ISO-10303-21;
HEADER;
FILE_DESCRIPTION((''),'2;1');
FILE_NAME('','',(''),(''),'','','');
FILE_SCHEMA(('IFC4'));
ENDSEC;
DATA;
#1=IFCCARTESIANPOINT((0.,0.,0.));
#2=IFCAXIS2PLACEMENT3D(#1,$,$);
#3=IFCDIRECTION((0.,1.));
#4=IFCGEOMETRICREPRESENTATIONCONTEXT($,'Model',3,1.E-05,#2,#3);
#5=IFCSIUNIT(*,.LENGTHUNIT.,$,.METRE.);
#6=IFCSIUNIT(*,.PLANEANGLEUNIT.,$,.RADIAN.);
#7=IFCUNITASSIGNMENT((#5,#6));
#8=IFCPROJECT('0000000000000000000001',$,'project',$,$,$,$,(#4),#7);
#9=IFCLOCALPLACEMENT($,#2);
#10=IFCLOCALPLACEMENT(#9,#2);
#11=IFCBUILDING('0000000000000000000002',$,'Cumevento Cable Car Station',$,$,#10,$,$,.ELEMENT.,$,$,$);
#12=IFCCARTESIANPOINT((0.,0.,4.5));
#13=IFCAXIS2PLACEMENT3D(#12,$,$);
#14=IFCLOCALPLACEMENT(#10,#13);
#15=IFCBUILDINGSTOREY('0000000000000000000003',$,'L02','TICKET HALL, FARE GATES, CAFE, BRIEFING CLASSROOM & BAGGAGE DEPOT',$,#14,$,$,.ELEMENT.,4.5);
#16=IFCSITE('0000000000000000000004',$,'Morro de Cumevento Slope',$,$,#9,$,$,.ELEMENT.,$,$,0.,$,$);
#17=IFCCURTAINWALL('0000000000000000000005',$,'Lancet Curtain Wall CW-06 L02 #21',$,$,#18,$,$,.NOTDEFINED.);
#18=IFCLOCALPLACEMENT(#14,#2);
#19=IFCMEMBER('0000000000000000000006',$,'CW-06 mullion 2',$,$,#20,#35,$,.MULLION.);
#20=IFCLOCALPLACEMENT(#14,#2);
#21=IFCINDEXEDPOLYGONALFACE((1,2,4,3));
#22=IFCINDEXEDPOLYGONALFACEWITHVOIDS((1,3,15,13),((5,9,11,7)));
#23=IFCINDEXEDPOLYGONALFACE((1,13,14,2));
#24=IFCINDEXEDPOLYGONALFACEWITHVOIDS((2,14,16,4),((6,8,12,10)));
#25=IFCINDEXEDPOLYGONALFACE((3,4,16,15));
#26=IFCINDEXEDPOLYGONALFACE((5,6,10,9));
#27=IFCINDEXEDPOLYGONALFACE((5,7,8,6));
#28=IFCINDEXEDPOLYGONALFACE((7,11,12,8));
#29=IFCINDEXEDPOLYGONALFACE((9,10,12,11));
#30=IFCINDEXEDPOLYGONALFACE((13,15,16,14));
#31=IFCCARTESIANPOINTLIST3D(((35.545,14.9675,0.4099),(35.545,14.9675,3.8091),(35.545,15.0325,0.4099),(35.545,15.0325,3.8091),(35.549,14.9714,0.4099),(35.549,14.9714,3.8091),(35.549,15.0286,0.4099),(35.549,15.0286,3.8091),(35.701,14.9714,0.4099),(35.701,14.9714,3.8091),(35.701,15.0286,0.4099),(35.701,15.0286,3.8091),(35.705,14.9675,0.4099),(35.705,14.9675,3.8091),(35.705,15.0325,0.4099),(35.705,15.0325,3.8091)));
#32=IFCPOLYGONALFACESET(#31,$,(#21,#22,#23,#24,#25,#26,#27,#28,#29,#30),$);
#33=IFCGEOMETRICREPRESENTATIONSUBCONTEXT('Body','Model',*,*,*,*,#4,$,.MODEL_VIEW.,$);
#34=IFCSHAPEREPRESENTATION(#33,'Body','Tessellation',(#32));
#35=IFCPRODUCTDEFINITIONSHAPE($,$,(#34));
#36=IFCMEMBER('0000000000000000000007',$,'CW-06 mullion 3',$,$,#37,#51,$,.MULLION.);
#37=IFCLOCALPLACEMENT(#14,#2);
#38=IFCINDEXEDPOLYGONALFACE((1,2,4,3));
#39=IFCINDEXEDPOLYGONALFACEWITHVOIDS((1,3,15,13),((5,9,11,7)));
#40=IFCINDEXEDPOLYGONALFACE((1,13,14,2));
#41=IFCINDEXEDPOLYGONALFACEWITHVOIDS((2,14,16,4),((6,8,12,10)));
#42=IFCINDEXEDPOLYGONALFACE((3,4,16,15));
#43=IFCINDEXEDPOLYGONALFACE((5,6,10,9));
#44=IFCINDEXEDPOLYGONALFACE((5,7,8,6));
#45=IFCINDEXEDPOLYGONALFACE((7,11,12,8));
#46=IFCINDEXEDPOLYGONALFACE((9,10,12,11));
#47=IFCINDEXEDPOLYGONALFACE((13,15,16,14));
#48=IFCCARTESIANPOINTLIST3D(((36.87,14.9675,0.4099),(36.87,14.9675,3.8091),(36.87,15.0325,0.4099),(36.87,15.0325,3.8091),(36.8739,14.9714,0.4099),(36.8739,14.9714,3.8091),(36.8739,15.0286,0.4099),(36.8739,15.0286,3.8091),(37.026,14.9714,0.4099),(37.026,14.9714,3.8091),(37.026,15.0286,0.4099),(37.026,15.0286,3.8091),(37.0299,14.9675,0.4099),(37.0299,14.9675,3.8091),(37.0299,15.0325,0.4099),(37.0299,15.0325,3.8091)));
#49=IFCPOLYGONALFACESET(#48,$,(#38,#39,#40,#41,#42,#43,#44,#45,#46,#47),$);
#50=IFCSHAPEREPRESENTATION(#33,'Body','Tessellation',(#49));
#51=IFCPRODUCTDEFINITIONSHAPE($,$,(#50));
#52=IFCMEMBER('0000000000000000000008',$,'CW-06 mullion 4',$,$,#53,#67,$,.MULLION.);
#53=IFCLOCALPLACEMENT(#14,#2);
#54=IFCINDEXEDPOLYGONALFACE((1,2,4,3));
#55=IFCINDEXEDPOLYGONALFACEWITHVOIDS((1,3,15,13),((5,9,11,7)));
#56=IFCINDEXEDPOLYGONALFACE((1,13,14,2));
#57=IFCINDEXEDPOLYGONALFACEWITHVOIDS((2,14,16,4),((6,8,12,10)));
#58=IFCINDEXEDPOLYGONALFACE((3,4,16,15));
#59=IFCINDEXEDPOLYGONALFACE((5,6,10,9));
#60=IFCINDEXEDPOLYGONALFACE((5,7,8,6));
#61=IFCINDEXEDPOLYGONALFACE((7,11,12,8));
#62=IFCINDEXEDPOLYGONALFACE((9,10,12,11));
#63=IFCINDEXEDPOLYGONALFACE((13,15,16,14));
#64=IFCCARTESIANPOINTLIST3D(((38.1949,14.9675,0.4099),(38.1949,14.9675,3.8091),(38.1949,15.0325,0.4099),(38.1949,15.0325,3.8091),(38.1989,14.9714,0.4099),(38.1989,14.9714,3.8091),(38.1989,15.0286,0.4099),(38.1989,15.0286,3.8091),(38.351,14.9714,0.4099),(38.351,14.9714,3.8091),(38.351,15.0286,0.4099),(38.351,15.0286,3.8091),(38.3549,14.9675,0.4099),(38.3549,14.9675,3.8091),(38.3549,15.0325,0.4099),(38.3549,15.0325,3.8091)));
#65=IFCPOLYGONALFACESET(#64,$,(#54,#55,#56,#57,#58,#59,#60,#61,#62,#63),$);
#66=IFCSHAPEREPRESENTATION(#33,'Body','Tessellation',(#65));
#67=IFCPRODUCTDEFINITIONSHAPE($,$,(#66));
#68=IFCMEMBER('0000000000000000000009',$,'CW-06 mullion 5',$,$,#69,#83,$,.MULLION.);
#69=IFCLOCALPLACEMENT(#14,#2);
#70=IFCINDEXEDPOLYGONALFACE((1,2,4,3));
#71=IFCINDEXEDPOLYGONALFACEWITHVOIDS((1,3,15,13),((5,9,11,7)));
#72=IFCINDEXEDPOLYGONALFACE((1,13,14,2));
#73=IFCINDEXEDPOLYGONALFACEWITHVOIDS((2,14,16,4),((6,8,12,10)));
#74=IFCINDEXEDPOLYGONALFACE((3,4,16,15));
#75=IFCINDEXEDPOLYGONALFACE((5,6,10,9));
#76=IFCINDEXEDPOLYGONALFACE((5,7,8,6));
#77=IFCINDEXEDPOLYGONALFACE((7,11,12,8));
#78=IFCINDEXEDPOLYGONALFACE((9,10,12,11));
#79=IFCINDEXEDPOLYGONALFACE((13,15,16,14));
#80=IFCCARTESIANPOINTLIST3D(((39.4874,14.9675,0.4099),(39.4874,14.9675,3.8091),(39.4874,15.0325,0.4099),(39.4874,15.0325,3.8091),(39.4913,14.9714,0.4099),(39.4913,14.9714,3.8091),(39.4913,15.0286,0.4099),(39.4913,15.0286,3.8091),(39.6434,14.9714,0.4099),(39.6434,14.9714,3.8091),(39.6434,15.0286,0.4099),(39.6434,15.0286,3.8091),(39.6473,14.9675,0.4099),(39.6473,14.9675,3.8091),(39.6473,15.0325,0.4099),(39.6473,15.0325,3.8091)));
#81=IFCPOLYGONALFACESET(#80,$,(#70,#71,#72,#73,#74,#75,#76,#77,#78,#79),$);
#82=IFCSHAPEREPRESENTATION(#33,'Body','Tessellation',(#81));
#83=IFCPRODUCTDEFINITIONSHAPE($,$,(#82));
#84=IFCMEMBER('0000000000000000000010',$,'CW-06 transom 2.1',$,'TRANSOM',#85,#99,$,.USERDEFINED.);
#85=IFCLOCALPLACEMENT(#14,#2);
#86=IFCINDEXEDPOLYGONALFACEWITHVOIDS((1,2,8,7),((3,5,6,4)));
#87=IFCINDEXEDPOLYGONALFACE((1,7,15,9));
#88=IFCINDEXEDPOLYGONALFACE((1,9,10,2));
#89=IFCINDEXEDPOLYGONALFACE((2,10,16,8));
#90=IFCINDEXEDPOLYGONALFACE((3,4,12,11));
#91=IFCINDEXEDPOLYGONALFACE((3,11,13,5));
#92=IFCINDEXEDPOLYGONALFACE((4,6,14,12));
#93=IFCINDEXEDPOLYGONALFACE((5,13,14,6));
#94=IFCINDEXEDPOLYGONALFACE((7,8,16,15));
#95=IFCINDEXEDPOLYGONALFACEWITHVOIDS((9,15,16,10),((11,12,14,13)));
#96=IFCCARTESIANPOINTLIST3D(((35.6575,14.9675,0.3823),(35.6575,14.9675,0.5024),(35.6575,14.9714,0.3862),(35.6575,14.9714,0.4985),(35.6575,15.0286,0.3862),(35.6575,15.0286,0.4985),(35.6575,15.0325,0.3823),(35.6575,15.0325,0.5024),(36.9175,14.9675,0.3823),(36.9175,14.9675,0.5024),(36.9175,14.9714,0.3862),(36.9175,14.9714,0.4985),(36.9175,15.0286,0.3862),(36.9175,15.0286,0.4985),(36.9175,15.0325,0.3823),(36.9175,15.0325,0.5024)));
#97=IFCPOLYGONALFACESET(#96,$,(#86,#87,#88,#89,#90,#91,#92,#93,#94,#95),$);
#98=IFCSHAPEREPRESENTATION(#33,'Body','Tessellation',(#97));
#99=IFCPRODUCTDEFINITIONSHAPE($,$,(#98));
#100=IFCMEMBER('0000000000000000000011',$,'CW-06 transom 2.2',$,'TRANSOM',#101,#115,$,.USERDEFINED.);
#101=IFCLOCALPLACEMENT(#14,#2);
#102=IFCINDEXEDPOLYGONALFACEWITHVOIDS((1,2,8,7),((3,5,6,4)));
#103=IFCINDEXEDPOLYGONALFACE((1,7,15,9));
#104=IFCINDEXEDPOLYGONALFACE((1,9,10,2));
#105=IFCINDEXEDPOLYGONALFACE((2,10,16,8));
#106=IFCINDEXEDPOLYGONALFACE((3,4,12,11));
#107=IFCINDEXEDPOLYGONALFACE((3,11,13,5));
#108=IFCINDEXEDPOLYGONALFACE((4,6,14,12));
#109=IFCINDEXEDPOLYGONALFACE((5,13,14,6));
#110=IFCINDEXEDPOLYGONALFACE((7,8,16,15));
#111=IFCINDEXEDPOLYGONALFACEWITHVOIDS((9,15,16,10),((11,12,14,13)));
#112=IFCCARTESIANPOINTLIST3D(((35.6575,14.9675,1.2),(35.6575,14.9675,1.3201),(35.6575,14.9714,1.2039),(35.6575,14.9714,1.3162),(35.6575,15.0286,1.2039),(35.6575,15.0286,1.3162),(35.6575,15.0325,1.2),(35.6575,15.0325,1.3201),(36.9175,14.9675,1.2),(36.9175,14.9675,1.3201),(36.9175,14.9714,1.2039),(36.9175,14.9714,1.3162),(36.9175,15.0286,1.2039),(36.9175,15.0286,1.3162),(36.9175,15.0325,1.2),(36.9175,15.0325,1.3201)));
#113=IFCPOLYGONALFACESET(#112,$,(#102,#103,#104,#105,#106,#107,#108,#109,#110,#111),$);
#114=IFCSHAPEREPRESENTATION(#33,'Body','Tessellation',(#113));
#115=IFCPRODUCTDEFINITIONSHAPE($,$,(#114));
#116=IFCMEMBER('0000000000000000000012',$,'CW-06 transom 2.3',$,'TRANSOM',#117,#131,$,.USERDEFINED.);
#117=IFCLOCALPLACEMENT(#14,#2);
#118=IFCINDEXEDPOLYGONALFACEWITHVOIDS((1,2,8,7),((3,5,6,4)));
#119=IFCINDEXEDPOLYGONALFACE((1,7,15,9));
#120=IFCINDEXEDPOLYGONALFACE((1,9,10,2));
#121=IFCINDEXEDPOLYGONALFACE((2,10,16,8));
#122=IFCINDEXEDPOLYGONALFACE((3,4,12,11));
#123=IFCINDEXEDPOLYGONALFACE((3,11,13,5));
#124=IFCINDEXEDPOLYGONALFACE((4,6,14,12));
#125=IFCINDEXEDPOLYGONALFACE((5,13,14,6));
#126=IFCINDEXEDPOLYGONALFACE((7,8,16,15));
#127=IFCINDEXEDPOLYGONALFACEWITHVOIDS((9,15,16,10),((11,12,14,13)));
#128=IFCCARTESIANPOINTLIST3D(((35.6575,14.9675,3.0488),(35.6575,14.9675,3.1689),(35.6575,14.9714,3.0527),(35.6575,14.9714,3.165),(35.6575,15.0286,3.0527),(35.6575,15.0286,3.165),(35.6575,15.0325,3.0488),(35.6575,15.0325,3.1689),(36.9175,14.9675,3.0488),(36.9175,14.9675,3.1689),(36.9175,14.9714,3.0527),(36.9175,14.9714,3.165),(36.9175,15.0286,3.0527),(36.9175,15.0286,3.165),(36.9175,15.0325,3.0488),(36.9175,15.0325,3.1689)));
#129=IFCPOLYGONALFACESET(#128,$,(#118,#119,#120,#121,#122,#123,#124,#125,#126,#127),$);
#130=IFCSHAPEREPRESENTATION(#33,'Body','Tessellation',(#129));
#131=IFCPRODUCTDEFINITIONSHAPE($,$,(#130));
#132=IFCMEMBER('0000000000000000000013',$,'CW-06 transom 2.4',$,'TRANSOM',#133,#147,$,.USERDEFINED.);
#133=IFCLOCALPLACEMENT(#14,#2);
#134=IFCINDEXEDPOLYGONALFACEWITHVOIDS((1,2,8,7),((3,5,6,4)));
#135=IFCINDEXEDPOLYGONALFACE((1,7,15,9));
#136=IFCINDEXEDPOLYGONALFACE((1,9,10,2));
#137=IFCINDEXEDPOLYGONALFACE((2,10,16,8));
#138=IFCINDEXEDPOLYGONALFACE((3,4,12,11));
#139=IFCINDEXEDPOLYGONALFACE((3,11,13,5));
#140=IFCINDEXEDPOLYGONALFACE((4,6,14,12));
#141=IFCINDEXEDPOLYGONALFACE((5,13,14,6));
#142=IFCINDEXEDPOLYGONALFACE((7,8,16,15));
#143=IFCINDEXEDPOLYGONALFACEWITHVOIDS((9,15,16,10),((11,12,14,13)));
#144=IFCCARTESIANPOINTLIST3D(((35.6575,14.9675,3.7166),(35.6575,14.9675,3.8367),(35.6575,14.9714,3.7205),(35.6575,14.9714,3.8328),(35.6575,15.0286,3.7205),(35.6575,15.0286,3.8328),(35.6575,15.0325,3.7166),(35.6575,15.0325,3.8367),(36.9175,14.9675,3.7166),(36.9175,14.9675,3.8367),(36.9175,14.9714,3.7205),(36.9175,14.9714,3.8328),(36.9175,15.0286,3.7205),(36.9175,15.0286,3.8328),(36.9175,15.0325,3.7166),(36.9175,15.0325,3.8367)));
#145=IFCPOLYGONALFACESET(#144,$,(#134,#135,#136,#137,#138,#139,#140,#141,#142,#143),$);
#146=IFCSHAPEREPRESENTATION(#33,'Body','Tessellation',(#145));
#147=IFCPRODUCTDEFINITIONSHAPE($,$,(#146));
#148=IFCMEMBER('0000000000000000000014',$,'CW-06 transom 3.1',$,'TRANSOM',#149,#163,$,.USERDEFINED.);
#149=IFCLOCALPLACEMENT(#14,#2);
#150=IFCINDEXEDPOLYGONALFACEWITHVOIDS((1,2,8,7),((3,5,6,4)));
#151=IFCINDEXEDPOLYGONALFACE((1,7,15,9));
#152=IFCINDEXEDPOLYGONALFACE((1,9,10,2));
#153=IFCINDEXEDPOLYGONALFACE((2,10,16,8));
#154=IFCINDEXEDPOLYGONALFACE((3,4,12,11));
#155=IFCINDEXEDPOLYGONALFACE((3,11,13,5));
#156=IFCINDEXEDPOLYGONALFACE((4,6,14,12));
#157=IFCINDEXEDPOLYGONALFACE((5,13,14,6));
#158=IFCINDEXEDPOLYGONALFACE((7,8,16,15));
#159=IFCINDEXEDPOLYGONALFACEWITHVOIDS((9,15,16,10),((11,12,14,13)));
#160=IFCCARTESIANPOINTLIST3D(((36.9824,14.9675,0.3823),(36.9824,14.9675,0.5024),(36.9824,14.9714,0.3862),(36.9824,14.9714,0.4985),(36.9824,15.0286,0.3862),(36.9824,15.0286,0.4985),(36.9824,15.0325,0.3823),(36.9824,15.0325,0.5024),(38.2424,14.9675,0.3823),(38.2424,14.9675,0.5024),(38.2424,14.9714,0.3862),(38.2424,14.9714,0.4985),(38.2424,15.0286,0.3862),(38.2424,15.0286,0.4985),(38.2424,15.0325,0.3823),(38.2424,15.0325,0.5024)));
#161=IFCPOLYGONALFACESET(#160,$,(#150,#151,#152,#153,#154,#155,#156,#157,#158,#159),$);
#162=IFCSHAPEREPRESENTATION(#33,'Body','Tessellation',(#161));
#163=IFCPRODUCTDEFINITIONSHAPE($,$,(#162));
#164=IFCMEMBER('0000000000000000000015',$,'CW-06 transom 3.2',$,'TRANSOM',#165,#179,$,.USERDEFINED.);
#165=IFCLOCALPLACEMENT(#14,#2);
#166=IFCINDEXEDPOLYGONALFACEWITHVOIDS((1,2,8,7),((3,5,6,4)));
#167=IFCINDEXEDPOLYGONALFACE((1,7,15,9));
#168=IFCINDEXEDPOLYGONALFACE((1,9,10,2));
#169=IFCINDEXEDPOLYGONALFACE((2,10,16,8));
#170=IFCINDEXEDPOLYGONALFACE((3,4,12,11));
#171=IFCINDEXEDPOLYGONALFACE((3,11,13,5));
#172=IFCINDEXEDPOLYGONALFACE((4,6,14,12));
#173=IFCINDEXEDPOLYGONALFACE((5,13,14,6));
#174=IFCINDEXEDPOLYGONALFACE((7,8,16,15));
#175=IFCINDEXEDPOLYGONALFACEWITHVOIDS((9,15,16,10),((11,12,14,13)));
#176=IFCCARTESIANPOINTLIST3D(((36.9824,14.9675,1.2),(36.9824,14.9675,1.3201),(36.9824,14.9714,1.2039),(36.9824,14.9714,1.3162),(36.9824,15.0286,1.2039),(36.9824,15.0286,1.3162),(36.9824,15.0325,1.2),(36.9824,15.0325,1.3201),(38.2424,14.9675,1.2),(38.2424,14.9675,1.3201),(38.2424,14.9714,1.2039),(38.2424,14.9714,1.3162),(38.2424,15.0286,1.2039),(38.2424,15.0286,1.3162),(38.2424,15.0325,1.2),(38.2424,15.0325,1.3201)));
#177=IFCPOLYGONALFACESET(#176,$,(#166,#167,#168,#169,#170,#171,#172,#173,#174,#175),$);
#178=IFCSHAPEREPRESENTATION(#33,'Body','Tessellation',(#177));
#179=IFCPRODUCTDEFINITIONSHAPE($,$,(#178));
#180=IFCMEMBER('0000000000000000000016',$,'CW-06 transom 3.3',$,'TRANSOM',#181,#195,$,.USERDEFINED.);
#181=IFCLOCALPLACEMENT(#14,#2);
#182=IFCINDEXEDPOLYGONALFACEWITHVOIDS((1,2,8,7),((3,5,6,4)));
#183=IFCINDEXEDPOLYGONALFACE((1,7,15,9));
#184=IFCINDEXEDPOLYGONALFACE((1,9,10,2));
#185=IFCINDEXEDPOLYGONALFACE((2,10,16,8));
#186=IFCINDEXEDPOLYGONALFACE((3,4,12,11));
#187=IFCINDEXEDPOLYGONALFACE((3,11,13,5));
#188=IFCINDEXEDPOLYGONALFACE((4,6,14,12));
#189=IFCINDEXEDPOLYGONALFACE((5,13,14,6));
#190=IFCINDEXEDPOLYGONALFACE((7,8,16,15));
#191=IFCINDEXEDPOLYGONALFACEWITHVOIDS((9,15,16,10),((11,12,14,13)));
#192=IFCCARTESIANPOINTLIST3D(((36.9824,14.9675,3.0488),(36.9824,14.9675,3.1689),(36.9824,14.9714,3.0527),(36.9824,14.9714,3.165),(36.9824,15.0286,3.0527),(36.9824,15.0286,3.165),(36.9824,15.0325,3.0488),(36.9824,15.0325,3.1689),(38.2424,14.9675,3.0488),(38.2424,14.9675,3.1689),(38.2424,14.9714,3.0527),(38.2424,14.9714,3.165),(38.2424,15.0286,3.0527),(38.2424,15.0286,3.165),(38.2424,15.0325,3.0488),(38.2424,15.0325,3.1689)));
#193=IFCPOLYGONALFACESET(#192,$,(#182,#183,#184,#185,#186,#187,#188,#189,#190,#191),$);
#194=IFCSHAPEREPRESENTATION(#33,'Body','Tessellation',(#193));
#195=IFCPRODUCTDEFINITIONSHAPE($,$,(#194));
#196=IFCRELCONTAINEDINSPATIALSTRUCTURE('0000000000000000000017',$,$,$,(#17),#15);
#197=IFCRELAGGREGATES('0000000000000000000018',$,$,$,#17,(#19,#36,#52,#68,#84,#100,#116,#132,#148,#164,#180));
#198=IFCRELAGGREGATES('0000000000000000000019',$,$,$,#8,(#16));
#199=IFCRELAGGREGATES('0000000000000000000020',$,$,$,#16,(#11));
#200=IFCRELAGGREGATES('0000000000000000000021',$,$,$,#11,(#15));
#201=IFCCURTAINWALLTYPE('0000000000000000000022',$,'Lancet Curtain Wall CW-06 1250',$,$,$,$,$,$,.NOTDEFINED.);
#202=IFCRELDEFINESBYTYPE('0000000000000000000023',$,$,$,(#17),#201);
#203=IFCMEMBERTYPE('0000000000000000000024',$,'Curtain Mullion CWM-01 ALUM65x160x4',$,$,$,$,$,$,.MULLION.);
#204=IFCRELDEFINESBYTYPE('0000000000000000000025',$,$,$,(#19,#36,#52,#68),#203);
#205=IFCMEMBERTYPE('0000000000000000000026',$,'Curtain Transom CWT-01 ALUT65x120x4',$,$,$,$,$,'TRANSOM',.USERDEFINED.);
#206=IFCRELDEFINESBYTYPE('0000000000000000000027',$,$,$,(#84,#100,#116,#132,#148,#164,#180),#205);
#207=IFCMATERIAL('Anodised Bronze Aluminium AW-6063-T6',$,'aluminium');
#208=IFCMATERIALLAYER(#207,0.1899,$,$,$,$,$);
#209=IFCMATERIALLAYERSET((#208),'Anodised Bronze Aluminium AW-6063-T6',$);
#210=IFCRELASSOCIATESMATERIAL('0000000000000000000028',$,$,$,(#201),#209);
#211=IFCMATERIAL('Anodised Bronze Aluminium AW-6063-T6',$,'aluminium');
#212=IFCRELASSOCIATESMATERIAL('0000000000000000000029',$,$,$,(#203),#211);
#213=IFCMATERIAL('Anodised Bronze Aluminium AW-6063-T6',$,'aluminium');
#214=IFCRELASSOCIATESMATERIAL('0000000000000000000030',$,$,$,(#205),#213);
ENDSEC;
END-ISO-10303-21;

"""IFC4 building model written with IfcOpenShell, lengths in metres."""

from ifc_helpers import new_model, si_unit, direction, frame, origin, origin_2d, place, context, subcontext, project, spatial, hollow_rectangle, extrude, material, layer, layer_set, material_profile, profile_set, type_object, element, aggregate, save


model = new_model("IFC4")

# Units and contexts
model_context = context("Model", 3, precision=1e-05, world=origin(), true_north=direction((0.0, 1.0)))
body_context = subcontext(model_context, "Body", "Model", "MODEL_VIEW")
ifc_project = project(units=[si_unit("LENGTHUNIT", "METRE"), si_unit("PLANEANGLEUNIT", "RADIAN")], contexts=[model_context])

# Site, building, storey
site_placement = place(None, origin())
site = spatial("IfcSite", under=ifc_project, at=site_placement, Name="Morro de Cumevento Slope", CompositionType="ELEMENT", RefElevation=0.0)
building_placement = place(site_placement, origin())
building = spatial("IfcBuilding", under=site, at=building_placement, Name="Cumevento Cable Car Station", CompositionType="ELEMENT")
storey_placement = place(building_placement, frame((0.0, 0.0, 4.5)))
storey = spatial("IfcBuildingStorey", under=building, at=storey_placement, Name="L02", Description="TICKET HALL, FARE GATES, CAFE, BRIEFING CLASSROOM & BAGGAGE DEPOT", CompositionType="ELEMENT", Elevation=4.5)

# Curtain wall, members
ifc_material_1 = material(Name="Anodised Bronze Aluminium AW-6063-T6", Category="aluminium")
ifc_layer_1 = layer(ifc_material_1, 0.1899)
ifc_layer_set_1 = layer_set([ifc_layer_1], Name="Anodised Bronze Aluminium AW-6063-T6")
curtain_wall_type = type_object("IfcCurtainWallType", Name="Lancet Curtain Wall CW-06 1250", PredefinedType="NOTDEFINED", material=ifc_layer_set_1)
curtain_wall_placement = place(storey_placement, origin())
curtain_wall = element("IfcCurtainWall", 1, at=curtain_wall_placement, inside=storey, type_object=curtain_wall_type, Name="Lancet Curtain Wall CW-06 L02 #21", PredefinedType="NOTDEFINED")
ifc_material_2 = material(Name="Anodised Bronze Aluminium AW-6063-T6", Category="aluminium")
ifc_material_profile_1 = material_profile(ifc_material_2, hollow_rectangle(XDim=0.0649, YDim=0.1599, WallThickness=0.0039, at=origin_2d()), Name="ALUM65x160x4")
ifc_profile_set_1 = profile_set([ifc_material_profile_1], Name="Anodised Bronze Aluminium AW-6063-T6")
member_type_1 = type_object("IfcMemberType", Name="Curtain Mullion CWM-01 ALUM65x160x4", PredefinedType="MULLION", material=ifc_profile_set_1)
member_1_placement = place(storey_placement, frame((35.625, 15.0, 0.4099), z_axis=(0.0, 0.0, 1.0), x_axis=(0.0, 1.0, 0.0)))
member_1 = element("IfcMember", 2, at=member_1_placement, type_object=member_type_1, Name="CW-06 mullion 2", PredefinedType="MULLION", context=body_context, shape_type="SweptSolid", body=[
    extrude(hollow_rectangle(XDim=0.0649, YDim=0.1599, WallThickness=0.0039, at=origin_2d()), origin(), (0.0, 0.0, 1.0), 3.3992),
])
member_2_placement = place(storey_placement, frame((36.95, 15.0, 0.4099), z_axis=(0.0, 0.0, 1.0), x_axis=(0.0, 1.0, 0.0)))
member_2 = element("IfcMember", 3, at=member_2_placement, type_object=member_type_1, Name="CW-06 mullion 3", PredefinedType="MULLION", context=body_context, shape_type="SweptSolid", body=[
    extrude(hollow_rectangle(XDim=0.0649, YDim=0.1599, WallThickness=0.0039, at=origin_2d()), origin(), (0.0, 0.0, 1.0), 3.3992),
])
member_3_placement = place(storey_placement, frame((38.2749, 15.0, 0.4099), z_axis=(0.0, 0.0, 1.0), x_axis=(0.0, 1.0, 0.0)))
member_3 = element("IfcMember", 4, at=member_3_placement, type_object=member_type_1, Name="CW-06 mullion 4", PredefinedType="MULLION", context=body_context, shape_type="SweptSolid", body=[
    extrude(hollow_rectangle(XDim=0.0649, YDim=0.1599, WallThickness=0.0039, at=origin_2d()), origin(), (0.0, 0.0, 1.0), 3.3992),
])
member_4_placement = place(storey_placement, frame((39.5674, 15.0, 0.4099), z_axis=(0.0, 0.0, 1.0), x_axis=(0.0, 1.0, 0.0)))
member_4 = element("IfcMember", 5, at=member_4_placement, type_object=member_type_1, Name="CW-06 mullion 5", PredefinedType="MULLION", context=body_context, shape_type="SweptSolid", body=[
    extrude(hollow_rectangle(XDim=0.0649, YDim=0.1599, WallThickness=0.0039, at=origin_2d()), origin(), (0.0, 0.0, 1.0), 3.3992),
])
ifc_material_3 = material(Name="Anodised Bronze Aluminium AW-6063-T6", Category="aluminium")
ifc_material_profile_2 = material_profile(ifc_material_3, hollow_rectangle(XDim=0.0649, YDim=0.1201, WallThickness=0.0039, at=origin_2d()), Name="ALUT65x120x4")
ifc_profile_set_2 = profile_set([ifc_material_profile_2], Name="Anodised Bronze Aluminium AW-6063-T6")
member_type_2 = type_object("IfcMemberType", Name="Curtain Transom CWT-01 ALUT65x120x4", ElementType="TRANSOM", PredefinedType="USERDEFINED", material=ifc_profile_set_2)
member_5_placement = place(storey_placement, frame((35.6575, 15.0, 0.4424), z_axis=(1.0, 0.0, 0.0), x_axis=(0.0, 1.0, 0.0)))
member_5 = element("IfcMember", 6, at=member_5_placement, type_object=member_type_2, Name="CW-06 transom 2.1", ObjectType="TRANSOM", PredefinedType="USERDEFINED", context=body_context, shape_type="SweptSolid", body=[
    extrude(hollow_rectangle(XDim=0.0649, YDim=0.1201, WallThickness=0.0039, at=origin_2d()), origin(), (0.0, 0.0, 1.0), 1.26),
])
member_6_placement = place(storey_placement, frame((35.6575, 15.0, 1.26), z_axis=(1.0, 0.0, 0.0), x_axis=(0.0, 1.0, 0.0)))
member_6 = element("IfcMember", 7, at=member_6_placement, type_object=member_type_2, Name="CW-06 transom 2.2", ObjectType="TRANSOM", PredefinedType="USERDEFINED", context=body_context, shape_type="SweptSolid", body=[
    extrude(hollow_rectangle(XDim=0.0649, YDim=0.1201, WallThickness=0.0039, at=origin_2d()), origin(), (0.0, 0.0, 1.0), 1.26),
])
member_7_placement = place(storey_placement, frame((35.6575, 15.0, 3.1089), z_axis=(1.0, 0.0, 0.0), x_axis=(0.0, 1.0, 0.0)))
member_7 = element("IfcMember", 8, at=member_7_placement, type_object=member_type_2, Name="CW-06 transom 2.3", ObjectType="TRANSOM", PredefinedType="USERDEFINED", context=body_context, shape_type="SweptSolid", body=[
    extrude(hollow_rectangle(XDim=0.0649, YDim=0.1201, WallThickness=0.0039, at=origin_2d()), origin(), (0.0, 0.0, 1.0), 1.26),
])
member_8_placement = place(storey_placement, frame((35.6575, 15.0, 3.7766), z_axis=(1.0, 0.0, 0.0), x_axis=(0.0, 1.0, 0.0)))
member_8 = element("IfcMember", 9, at=member_8_placement, type_object=member_type_2, Name="CW-06 transom 2.4", ObjectType="TRANSOM", PredefinedType="USERDEFINED", context=body_context, shape_type="SweptSolid", body=[
    extrude(hollow_rectangle(XDim=0.0649, YDim=0.1201, WallThickness=0.0039, at=origin_2d()), origin(), (0.0, 0.0, 1.0), 1.26),
])
member_9_placement = place(storey_placement, frame((36.9824, 15.0, 0.4424), z_axis=(1.0, 0.0, 0.0), x_axis=(0.0, 1.0, 0.0)))
member_9 = element("IfcMember", 10, at=member_9_placement, type_object=member_type_2, Name="CW-06 transom 3.1", ObjectType="TRANSOM", PredefinedType="USERDEFINED", context=body_context, shape_type="SweptSolid", body=[
    extrude(hollow_rectangle(XDim=0.0649, YDim=0.1201, WallThickness=0.0039, at=origin_2d()), origin(), (0.0, 0.0, 1.0), 1.26),
])
member_10_placement = place(storey_placement, frame((36.9824, 15.0, 1.26), z_axis=(1.0, 0.0, 0.0), x_axis=(0.0, 1.0, 0.0)))
member_10 = element("IfcMember", 11, at=member_10_placement, type_object=member_type_2, Name="CW-06 transom 3.2", ObjectType="TRANSOM", PredefinedType="USERDEFINED", context=body_context, shape_type="SweptSolid", body=[
    extrude(hollow_rectangle(XDim=0.0649, YDim=0.1201, WallThickness=0.0039, at=origin_2d()), origin(), (0.0, 0.0, 1.0), 1.26),
])
member_11_placement = place(storey_placement, frame((36.9824, 15.0, 3.1089), z_axis=(1.0, 0.0, 0.0), x_axis=(0.0, 1.0, 0.0)))
member_11 = element("IfcMember", 12, at=member_11_placement, type_object=member_type_2, Name="CW-06 transom 3.3", ObjectType="TRANSOM", PredefinedType="USERDEFINED", context=body_context, shape_type="SweptSolid", body=[
    extrude(hollow_rectangle(XDim=0.0649, YDim=0.1201, WallThickness=0.0039, at=origin_2d()), origin(), (0.0, 0.0, 1.0), 1.26),
])
aggregate(curtain_wall, [member_1, member_2, member_3, member_4, member_5, member_6, member_7, member_8, member_9, member_10, member_11])

save(model, "model.ifc")
